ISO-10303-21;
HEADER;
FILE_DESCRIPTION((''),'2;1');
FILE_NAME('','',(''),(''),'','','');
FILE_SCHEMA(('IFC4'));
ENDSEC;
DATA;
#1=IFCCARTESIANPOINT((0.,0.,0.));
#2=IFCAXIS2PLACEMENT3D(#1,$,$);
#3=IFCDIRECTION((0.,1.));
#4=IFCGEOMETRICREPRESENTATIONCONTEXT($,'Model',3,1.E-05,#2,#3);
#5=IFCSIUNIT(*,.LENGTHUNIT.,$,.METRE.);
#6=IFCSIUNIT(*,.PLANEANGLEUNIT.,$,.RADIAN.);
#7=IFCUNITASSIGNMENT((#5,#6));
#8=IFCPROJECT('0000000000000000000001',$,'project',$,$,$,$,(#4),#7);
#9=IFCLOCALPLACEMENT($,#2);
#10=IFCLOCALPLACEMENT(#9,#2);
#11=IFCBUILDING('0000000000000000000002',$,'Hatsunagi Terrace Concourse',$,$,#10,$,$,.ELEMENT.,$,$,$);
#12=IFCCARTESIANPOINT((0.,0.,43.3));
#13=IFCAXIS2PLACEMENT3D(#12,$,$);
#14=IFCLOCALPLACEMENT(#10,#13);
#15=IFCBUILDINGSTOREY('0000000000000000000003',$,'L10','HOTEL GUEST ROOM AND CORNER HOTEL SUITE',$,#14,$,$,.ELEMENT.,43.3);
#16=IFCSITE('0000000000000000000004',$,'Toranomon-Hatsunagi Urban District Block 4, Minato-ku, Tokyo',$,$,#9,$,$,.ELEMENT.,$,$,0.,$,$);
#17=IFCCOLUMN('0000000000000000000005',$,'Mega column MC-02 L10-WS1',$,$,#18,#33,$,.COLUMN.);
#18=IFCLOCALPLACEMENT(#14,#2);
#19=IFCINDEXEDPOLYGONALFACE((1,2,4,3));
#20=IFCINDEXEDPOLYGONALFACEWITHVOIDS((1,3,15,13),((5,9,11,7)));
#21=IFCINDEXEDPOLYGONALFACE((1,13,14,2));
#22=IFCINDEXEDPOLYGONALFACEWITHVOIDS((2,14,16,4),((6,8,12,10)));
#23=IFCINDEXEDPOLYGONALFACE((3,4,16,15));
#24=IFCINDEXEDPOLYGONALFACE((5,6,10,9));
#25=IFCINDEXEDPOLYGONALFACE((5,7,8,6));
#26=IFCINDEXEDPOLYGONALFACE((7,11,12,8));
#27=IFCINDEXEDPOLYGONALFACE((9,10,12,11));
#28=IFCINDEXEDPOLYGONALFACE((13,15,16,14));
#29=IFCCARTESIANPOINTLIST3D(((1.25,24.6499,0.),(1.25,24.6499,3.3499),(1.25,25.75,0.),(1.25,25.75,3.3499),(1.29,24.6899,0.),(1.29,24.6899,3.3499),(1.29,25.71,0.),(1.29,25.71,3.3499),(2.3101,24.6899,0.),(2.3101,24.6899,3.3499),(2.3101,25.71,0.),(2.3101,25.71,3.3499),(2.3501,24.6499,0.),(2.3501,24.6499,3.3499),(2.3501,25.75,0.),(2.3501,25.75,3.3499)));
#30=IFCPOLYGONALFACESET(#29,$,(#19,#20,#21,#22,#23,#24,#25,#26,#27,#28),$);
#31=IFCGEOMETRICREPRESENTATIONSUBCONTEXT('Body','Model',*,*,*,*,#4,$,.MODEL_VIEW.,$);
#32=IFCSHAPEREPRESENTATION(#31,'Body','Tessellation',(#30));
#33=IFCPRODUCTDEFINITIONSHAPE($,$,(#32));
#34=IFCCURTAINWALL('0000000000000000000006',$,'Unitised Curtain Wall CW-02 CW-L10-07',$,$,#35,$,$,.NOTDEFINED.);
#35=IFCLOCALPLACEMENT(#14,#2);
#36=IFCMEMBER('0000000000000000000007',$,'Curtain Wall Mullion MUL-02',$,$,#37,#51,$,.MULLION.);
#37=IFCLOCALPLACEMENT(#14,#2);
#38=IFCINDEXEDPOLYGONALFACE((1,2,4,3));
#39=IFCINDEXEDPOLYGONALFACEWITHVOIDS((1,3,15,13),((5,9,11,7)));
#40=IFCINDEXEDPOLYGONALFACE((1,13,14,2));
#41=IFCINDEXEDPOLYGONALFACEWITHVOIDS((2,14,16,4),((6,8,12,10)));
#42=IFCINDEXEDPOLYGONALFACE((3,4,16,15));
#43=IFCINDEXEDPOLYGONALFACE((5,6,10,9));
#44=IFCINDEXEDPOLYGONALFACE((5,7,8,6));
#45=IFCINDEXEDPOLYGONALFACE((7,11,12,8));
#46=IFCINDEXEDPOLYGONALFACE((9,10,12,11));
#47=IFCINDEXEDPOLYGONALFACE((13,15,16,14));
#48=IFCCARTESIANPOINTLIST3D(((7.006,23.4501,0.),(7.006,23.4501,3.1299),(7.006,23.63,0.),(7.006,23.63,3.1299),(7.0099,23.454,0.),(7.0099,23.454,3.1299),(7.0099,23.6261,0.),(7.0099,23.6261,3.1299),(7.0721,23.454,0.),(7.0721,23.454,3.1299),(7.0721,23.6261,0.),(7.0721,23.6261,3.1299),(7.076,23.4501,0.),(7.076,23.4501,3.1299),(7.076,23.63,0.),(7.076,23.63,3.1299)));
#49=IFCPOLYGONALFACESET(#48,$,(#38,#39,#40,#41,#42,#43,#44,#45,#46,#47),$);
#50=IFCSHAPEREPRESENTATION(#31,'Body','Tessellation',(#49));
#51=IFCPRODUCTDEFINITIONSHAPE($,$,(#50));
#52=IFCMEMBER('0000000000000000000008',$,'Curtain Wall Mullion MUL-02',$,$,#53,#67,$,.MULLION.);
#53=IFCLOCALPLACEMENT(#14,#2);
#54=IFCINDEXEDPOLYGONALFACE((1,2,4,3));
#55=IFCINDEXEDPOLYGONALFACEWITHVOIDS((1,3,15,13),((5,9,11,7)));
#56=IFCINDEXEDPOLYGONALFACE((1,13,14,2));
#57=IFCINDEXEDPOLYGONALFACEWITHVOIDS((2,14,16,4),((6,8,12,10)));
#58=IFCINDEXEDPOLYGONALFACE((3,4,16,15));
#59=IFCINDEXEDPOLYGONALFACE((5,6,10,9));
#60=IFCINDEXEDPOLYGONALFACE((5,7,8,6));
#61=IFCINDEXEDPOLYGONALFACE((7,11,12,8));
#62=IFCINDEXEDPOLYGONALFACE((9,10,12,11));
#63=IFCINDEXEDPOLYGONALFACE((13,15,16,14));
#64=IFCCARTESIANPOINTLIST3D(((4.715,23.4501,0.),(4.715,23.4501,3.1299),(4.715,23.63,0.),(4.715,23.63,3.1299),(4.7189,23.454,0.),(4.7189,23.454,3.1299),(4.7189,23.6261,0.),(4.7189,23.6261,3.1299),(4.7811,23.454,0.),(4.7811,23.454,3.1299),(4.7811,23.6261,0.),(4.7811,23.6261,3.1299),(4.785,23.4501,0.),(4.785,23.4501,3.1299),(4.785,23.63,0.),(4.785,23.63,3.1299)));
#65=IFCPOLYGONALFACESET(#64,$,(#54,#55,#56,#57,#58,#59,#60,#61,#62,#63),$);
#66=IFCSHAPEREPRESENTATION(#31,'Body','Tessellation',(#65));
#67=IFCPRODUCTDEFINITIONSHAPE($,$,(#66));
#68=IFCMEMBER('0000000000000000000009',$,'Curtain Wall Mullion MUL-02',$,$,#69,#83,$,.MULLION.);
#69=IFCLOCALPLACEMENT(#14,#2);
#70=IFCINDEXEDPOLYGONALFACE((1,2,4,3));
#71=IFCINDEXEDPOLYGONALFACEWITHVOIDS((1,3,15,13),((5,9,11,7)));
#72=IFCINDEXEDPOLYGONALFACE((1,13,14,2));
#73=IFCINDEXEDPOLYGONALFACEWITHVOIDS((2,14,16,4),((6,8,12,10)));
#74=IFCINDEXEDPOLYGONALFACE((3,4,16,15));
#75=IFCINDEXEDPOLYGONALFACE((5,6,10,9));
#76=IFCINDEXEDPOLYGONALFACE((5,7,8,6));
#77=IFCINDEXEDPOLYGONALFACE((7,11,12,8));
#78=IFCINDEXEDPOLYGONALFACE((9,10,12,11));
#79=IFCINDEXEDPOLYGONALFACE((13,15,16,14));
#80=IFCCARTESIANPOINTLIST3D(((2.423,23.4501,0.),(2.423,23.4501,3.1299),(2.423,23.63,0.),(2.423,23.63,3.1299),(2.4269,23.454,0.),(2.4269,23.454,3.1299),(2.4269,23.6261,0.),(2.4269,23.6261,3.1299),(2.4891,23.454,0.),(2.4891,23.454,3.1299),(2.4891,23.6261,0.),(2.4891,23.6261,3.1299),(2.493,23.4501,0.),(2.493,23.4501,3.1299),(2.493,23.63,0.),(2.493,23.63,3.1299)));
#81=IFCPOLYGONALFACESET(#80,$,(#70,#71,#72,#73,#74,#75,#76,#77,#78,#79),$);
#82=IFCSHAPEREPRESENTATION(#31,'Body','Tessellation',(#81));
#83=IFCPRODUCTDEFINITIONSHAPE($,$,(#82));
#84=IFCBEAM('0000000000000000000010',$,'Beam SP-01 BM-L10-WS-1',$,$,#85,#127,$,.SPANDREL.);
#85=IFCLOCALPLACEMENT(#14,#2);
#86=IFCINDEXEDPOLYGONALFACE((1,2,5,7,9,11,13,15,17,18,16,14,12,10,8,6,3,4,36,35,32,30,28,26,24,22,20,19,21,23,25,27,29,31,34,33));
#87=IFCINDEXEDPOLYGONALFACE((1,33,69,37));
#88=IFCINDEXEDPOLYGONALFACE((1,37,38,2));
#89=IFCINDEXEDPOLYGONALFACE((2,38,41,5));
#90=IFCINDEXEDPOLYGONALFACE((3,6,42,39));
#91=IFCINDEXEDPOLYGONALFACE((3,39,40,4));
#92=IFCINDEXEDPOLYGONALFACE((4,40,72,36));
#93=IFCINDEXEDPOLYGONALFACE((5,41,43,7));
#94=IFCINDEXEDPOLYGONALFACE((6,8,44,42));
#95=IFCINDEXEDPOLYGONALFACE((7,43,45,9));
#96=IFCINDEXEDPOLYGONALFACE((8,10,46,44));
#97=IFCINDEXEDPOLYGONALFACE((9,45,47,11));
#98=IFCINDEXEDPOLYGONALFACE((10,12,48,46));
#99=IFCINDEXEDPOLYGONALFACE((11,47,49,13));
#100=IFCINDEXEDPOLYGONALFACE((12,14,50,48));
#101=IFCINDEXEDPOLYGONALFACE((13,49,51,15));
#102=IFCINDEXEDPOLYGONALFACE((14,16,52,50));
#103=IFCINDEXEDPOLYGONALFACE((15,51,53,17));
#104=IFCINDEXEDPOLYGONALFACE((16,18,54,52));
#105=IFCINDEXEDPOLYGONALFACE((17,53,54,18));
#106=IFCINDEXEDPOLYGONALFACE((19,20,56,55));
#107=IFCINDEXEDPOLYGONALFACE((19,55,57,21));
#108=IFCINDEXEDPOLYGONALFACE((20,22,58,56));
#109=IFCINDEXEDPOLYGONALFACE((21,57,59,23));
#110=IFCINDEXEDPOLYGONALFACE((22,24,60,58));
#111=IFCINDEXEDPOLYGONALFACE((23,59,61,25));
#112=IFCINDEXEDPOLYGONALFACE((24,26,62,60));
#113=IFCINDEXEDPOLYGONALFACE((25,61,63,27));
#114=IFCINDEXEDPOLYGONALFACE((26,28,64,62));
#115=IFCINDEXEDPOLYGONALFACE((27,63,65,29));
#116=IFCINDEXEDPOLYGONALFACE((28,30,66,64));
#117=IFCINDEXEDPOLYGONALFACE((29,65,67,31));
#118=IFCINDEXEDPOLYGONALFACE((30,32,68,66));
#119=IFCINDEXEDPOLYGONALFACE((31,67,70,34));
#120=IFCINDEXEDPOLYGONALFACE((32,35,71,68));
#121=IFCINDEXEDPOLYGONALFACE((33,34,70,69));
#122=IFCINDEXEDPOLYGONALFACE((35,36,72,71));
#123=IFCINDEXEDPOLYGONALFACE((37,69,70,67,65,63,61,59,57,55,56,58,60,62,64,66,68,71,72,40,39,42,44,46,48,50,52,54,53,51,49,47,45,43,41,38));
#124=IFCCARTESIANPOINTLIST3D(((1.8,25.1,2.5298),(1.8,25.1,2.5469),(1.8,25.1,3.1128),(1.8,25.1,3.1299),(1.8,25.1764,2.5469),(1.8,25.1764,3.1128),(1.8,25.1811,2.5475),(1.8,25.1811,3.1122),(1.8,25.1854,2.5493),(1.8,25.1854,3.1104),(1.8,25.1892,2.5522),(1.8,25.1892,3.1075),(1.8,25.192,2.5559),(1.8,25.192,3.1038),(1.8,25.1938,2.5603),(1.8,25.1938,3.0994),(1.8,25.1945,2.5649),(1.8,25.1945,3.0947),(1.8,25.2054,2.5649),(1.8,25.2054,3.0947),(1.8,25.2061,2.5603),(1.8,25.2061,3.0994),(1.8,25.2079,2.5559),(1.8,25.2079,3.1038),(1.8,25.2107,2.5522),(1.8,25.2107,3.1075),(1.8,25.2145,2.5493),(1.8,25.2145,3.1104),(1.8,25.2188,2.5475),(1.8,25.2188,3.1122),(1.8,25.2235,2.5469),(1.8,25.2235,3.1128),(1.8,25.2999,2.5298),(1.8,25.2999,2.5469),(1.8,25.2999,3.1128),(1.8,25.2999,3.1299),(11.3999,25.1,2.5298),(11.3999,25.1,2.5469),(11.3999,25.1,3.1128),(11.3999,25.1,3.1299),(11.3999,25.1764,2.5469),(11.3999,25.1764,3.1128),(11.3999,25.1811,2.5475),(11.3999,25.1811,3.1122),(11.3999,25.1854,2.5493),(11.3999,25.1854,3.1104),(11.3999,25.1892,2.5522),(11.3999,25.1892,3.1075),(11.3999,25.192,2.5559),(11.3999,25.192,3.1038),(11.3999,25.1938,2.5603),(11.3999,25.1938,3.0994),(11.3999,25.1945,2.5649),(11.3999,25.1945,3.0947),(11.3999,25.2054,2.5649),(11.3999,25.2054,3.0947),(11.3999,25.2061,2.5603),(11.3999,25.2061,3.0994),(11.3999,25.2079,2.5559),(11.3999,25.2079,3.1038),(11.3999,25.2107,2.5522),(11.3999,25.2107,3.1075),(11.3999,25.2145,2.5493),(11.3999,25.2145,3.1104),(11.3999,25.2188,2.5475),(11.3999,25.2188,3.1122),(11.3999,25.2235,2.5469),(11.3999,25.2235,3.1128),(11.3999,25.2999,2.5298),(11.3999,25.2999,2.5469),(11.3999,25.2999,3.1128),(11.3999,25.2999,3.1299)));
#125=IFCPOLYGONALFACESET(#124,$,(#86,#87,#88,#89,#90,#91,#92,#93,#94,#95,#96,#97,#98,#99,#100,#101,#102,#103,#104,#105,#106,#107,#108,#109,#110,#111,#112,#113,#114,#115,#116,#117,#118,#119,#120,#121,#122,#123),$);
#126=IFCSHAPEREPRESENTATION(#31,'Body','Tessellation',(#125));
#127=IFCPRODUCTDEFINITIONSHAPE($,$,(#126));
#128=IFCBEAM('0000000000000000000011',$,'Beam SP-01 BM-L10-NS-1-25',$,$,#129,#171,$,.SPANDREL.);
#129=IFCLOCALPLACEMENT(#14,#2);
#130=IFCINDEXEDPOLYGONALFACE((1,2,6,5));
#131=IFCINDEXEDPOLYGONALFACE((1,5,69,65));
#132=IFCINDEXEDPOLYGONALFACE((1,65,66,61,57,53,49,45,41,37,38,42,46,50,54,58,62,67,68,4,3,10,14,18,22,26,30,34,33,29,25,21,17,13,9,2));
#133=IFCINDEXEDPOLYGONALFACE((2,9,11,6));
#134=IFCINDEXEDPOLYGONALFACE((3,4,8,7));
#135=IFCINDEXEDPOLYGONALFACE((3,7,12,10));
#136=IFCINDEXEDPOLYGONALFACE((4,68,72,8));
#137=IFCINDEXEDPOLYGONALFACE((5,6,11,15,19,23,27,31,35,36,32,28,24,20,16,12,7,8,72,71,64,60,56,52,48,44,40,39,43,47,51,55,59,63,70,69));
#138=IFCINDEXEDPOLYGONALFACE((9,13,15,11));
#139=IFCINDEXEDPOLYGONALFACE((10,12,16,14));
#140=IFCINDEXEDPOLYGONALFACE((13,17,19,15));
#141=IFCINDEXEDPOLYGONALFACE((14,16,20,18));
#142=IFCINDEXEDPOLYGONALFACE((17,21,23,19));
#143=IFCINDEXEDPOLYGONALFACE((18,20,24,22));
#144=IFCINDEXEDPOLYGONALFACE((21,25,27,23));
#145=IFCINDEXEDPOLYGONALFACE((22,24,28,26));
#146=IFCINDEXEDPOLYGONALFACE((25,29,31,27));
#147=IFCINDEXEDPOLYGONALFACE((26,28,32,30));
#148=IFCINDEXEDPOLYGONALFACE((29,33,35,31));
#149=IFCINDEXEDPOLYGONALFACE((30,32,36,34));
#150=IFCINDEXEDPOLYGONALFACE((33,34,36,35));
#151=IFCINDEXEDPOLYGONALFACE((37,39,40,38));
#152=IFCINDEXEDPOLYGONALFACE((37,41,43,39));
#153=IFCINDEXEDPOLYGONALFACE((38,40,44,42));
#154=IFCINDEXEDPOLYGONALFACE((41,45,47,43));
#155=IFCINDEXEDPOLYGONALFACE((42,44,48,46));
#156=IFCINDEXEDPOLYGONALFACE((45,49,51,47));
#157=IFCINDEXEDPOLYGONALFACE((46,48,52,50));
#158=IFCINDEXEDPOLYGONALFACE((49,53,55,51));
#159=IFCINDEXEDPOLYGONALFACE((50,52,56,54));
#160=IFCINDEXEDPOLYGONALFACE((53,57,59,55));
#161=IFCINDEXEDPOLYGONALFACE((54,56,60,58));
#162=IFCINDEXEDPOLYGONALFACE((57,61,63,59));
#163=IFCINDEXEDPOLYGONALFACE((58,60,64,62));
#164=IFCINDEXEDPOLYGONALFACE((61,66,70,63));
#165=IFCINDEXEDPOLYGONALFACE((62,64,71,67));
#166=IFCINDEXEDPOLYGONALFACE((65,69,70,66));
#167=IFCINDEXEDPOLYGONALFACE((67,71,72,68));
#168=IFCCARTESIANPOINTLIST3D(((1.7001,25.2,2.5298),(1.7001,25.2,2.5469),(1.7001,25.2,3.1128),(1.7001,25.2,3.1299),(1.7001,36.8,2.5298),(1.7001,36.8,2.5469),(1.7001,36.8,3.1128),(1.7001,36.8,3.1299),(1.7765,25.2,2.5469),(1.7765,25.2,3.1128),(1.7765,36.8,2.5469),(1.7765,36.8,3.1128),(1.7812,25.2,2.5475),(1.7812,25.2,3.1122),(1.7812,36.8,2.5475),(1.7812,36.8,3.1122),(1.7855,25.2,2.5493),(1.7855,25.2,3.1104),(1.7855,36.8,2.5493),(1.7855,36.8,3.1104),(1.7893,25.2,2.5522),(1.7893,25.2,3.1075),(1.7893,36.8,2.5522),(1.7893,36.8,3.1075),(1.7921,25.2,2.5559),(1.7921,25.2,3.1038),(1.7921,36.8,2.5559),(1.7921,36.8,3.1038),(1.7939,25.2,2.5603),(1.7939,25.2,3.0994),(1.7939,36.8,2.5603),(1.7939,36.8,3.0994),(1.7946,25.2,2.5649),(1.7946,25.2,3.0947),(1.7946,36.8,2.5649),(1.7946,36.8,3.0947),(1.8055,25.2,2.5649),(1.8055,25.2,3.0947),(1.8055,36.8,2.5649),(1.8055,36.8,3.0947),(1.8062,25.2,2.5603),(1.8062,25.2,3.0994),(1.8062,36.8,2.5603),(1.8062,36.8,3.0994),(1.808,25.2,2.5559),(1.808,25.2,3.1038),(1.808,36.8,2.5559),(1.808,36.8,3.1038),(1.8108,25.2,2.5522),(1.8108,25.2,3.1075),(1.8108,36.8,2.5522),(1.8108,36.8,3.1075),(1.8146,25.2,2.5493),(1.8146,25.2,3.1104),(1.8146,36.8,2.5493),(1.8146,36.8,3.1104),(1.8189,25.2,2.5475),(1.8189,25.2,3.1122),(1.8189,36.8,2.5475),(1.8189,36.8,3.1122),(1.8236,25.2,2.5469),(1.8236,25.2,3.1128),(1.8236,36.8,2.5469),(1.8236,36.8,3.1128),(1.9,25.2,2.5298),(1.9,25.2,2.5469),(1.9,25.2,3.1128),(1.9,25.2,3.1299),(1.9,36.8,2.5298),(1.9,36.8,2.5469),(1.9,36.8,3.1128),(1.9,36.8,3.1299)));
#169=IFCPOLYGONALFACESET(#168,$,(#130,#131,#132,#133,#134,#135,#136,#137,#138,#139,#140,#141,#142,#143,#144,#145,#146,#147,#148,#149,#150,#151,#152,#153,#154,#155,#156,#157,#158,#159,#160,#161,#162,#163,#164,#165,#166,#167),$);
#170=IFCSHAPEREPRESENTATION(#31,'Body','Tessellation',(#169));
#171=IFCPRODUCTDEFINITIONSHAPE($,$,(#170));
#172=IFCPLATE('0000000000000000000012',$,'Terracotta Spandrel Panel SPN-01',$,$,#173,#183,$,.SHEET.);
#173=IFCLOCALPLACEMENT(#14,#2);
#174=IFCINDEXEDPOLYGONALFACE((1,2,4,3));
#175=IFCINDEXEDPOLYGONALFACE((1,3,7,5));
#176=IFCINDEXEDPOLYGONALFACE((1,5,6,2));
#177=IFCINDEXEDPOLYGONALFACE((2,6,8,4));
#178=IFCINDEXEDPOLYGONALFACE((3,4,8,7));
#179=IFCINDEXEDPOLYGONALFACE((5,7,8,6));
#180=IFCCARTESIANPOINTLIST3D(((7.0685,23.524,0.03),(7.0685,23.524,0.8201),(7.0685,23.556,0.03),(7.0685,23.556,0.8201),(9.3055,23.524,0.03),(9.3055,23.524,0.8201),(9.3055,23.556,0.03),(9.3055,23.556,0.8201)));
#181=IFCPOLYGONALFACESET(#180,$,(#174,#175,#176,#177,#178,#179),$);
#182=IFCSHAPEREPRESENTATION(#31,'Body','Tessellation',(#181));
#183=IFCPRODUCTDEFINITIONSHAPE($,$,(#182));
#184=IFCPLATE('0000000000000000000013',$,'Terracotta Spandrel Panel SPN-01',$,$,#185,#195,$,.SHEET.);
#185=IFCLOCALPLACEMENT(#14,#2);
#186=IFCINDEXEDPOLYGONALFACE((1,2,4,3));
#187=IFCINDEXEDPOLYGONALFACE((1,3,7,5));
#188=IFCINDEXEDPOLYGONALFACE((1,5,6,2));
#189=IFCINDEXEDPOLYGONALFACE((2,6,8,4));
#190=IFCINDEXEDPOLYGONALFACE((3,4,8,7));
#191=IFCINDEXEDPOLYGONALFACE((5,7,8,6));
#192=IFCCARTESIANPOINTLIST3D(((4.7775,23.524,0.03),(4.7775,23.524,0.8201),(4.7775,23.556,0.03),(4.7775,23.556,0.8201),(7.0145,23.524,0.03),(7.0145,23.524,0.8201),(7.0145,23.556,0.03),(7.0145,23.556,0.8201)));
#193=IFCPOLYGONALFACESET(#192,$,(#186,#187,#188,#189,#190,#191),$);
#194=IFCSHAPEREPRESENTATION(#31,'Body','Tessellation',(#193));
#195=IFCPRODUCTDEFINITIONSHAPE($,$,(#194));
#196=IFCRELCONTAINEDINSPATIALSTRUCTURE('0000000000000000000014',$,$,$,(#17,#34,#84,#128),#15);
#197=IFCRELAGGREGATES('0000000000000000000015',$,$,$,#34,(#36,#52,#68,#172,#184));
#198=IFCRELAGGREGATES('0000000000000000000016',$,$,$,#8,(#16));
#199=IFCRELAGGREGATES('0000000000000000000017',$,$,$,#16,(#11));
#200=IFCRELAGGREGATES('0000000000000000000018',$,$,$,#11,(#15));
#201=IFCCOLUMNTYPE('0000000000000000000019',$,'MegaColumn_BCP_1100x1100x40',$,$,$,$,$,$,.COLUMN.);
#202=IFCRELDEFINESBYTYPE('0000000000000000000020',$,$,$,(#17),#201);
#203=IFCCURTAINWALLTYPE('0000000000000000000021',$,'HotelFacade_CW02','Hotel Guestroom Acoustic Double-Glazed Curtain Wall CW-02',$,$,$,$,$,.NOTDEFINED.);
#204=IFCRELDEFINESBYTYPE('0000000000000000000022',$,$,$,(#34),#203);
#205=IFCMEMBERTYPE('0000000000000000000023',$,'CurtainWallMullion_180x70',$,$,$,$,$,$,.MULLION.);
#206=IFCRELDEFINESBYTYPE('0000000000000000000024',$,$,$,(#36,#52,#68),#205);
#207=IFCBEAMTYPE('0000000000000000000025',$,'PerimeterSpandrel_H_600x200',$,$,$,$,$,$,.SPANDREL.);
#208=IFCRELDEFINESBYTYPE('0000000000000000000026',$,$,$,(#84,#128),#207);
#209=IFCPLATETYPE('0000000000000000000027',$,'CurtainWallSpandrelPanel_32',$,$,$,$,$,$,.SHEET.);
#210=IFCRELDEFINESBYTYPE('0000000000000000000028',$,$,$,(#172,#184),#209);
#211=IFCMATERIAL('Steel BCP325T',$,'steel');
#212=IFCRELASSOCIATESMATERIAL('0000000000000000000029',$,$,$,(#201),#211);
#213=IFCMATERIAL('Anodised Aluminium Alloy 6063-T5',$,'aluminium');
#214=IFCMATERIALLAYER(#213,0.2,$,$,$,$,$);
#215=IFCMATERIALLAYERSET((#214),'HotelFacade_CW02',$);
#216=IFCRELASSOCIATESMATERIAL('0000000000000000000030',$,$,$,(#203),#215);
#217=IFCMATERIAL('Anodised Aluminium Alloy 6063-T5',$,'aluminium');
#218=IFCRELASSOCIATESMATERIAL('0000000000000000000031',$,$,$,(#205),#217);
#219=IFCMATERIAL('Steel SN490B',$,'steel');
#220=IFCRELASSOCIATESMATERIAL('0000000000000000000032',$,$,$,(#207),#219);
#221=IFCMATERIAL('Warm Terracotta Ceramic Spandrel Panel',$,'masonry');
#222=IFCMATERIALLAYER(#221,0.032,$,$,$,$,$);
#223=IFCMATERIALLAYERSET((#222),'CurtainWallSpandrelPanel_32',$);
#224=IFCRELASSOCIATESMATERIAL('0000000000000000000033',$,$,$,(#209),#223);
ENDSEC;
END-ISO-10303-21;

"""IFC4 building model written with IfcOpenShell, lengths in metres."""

from ifc_helpers import new_model, si_unit, direction, frame, origin, origin_2d, place, context, subcontext, project, spatial, rectangle, hollow_rectangle, i_section, extrude, material, layer, layer_set, material_profile, profile_set, type_object, element, aggregate, save


model = new_model("IFC4")

# Units and contexts
model_context = context("Model", 3, precision=1e-05, world=origin(), true_north=direction((0.0, 1.0)))
body_context = subcontext(model_context, "Body", "Model", "MODEL_VIEW")
ifc_project = project(units=[si_unit("LENGTHUNIT", "METRE"), si_unit("PLANEANGLEUNIT", "RADIAN")], contexts=[model_context])

# Site, building, storey
site_placement = place(None, origin())
site = spatial("IfcSite", under=ifc_project, at=site_placement, Name="Toranomon-Hatsunagi Urban District Block 4, Minato-ku, Tokyo", CompositionType="ELEMENT", RefElevation=0.0)
building_placement = place(site_placement, origin())
building = spatial("IfcBuilding", under=site, at=building_placement, Name="Hatsunagi Terrace Concourse", CompositionType="ELEMENT")
storey_placement = place(building_placement, frame((0.0, 0.0, 43.3)))
storey = spatial("IfcBuildingStorey", under=building, at=storey_placement, Name="L10", Description="HOTEL GUEST ROOM AND CORNER HOTEL SUITE", CompositionType="ELEMENT", Elevation=43.3)

# Column
ifc_material_1 = material(Name="Steel BCP325T", Category="steel")
ifc_material_profile_1 = material_profile(ifc_material_1, hollow_rectangle(XDim=1.1001, YDim=1.1001, WallThickness=0.04, at=origin_2d()), Name="BCP-1100x1100x40")
ifc_profile_set_1 = profile_set([ifc_material_profile_1], Name="Steel BCP325T")
column_type = type_object("IfcColumnType", Name="MegaColumn_BCP_1100x1100x40", PredefinedType="COLUMN", material=ifc_profile_set_1)
column_placement = place(storey_placement, frame((1.8, 25.2, 0.0), z_axis=(0.0, 0.0, 1.0), x_axis=(1.0, 0.0, 0.0)))
element("IfcColumn", 1, at=column_placement, inside=storey, type_object=column_type, Name="Mega column MC-02 L10-WS1", PredefinedType="COLUMN", context=body_context, shape_type="SweptSolid", body=[
    extrude(hollow_rectangle(XDim=1.1001, YDim=1.1001, WallThickness=0.04, at=origin_2d()), origin(), (0.0, 0.0, 1.0), 3.3499),
])

# Curtain wall, members
ifc_material_2 = material(Name="Anodised Aluminium Alloy 6063-T5", Category="aluminium")
ifc_layer_1 = layer(ifc_material_2, 0.2)
ifc_layer_set_1 = layer_set([ifc_layer_1], Name="HotelFacade_CW02")
curtain_wall_type = type_object("IfcCurtainWallType", Name="HotelFacade_CW02", Description="Hotel Guestroom Acoustic Double-Glazed Curtain Wall CW-02", PredefinedType="NOTDEFINED", material=ifc_layer_set_1)
curtain_wall_placement = place(storey_placement, origin())
curtain_wall = element("IfcCurtainWall", 2, at=curtain_wall_placement, inside=storey, type_object=curtain_wall_type, Name="Unitised Curtain Wall CW-02 CW-L10-07", PredefinedType="NOTDEFINED")
ifc_material_3 = material(Name="Anodised Aluminium Alloy 6063-T5", Category="aluminium")
ifc_material_profile_2 = material_profile(ifc_material_3, hollow_rectangle(XDim=0.0701, YDim=0.1799, WallThickness=0.0039, at=origin_2d()), Name="ALU-MUL-180x70x4")
ifc_profile_set_2 = profile_set([ifc_material_profile_2], Name="Anodised Aluminium Alloy 6063-T5")
member_type = type_object("IfcMemberType", Name="CurtainWallMullion_180x70", PredefinedType="MULLION", material=ifc_profile_set_2)
member_1_placement = place(storey_placement, frame((7.041, 23.54, 0.0), z_axis=(0.0, 0.0, 1.0), x_axis=(-1.0, 0.0, 0.0)))
member_1 = element("IfcMember", 3, at=member_1_placement, type_object=member_type, Name="Curtain Wall Mullion MUL-02", PredefinedType="MULLION", context=body_context, shape_type="SweptSolid", body=[
    extrude(hollow_rectangle(XDim=0.0701, YDim=0.1799, WallThickness=0.0039, at=origin_2d()), origin(), (0.0, 0.0, 1.0), 3.1299),
])
member_2_placement = place(storey_placement, frame((4.75, 23.54, 0.0), z_axis=(0.0, 0.0, 1.0), x_axis=(-1.0, 0.0, 0.0)))
member_2 = element("IfcMember", 4, at=member_2_placement, type_object=member_type, Name="Curtain Wall Mullion MUL-02", PredefinedType="MULLION", context=body_context, shape_type="SweptSolid", body=[
    extrude(hollow_rectangle(XDim=0.0701, YDim=0.1799, WallThickness=0.0039, at=origin_2d()), origin(), (0.0, 0.0, 1.0), 3.1299),
])
member_3_placement = place(storey_placement, frame((2.458, 23.54, 0.0), z_axis=(0.0, 0.0, 1.0), x_axis=(-1.0, 0.0, 0.0)))
member_3 = element("IfcMember", 5, at=member_3_placement, type_object=member_type, Name="Curtain Wall Mullion MUL-02", PredefinedType="MULLION", context=body_context, shape_type="SweptSolid", body=[
    extrude(hollow_rectangle(XDim=0.0701, YDim=0.1799, WallThickness=0.0039, at=origin_2d()), origin(), (0.0, 0.0, 1.0), 3.1299),
])

# Beams
ifc_material_4 = material(Name="Steel SN490B", Category="steel")
ifc_material_profile_3 = material_profile(ifc_material_4, i_section(OverallWidth=0.2, OverallDepth=0.6001, WebThickness=0.011, FlangeThickness=0.0171, FilletRadius=0.0181, at=origin_2d()), Name="H-600x200x11x17")
ifc_profile_set_3 = profile_set([ifc_material_profile_3], Name="Steel SN490B")
beam_type = type_object("IfcBeamType", Name="PerimeterSpandrel_H_600x200", PredefinedType="SPANDREL", material=ifc_profile_set_3)
beam_1_placement = place(storey_placement, frame((1.8, 25.2, 2.8298), z_axis=(1.0, 0.0, 0.0), x_axis=(0.0, 1.0, 0.0)))
element("IfcBeam", 6, at=beam_1_placement, inside=storey, type_object=beam_type, Name="Beam SP-01 BM-L10-WS-1", PredefinedType="SPANDREL", context=body_context, shape_type="SweptSolid", body=[
    extrude(i_section(OverallWidth=0.2, OverallDepth=0.6001, WebThickness=0.011, FlangeThickness=0.0171, FilletRadius=0.0181, at=origin_2d()), origin(), (0.0, 0.0, 1.0), 9.5999),
])
beam_2_placement = place(storey_placement, frame((1.8, 25.2, 2.8298), z_axis=(0.0, 1.0, 0.0), x_axis=(-1.0, 0.0, 0.0)))
element("IfcBeam", 7, at=beam_2_placement, inside=storey, type_object=beam_type, Name="Beam SP-01 BM-L10-NS-1-25", PredefinedType="SPANDREL", context=body_context, shape_type="SweptSolid", body=[
    extrude(i_section(OverallWidth=0.2, OverallDepth=0.6001, WebThickness=0.011, FlangeThickness=0.0171, FilletRadius=0.0181, at=origin_2d()), origin(), (0.0, 0.0, 1.0), 11.6001),
])

# Plates
ifc_material_5 = material(Name="Warm Terracotta Ceramic Spandrel Panel", Category="masonry")
ifc_layer_2 = layer(ifc_material_5, 0.032)
ifc_layer_set_2 = layer_set([ifc_layer_2], Name="CurtainWallSpandrelPanel_32")
plate_type_1 = type_object("IfcPlateType", Name="CurtainWallSpandrelPanel_32", PredefinedType="SHEET", material=ifc_layer_set_2)
plate_1_placement = place(storey_placement, frame((8.187, 23.54, 0.03), z_axis=(0.0, 0.0, 1.0), x_axis=(-1.0, 0.0, 0.0)))
plate_1 = element("IfcPlate", 8, at=plate_1_placement, type_object=plate_type_1, Name="Terracotta Spandrel Panel SPN-01", PredefinedType="SHEET", context=body_context, shape_type="SweptSolid", body=[
    extrude(rectangle(XDim=2.2371, YDim=0.032, at=origin_2d()), origin(), (0.0, 0.0, 1.0), 0.79),
])
plate_2_placement = place(storey_placement, frame((5.896, 23.54, 0.03), z_axis=(0.0, 0.0, 1.0), x_axis=(-1.0, 0.0, 0.0)))
plate_2 = element("IfcPlate", 9, at=plate_2_placement, type_object=plate_type_1, Name="Terracotta Spandrel Panel SPN-01", PredefinedType="SHEET", context=body_context, shape_type="SweptSolid", body=[
    extrude(rectangle(XDim=2.2371, YDim=0.032, at=origin_2d()), origin(), (0.0, 0.0, 1.0), 0.79),
])
aggregate(curtain_wall, [member_1, member_2, member_3, plate_1, plate_2])

save(model, "model.ifc")
